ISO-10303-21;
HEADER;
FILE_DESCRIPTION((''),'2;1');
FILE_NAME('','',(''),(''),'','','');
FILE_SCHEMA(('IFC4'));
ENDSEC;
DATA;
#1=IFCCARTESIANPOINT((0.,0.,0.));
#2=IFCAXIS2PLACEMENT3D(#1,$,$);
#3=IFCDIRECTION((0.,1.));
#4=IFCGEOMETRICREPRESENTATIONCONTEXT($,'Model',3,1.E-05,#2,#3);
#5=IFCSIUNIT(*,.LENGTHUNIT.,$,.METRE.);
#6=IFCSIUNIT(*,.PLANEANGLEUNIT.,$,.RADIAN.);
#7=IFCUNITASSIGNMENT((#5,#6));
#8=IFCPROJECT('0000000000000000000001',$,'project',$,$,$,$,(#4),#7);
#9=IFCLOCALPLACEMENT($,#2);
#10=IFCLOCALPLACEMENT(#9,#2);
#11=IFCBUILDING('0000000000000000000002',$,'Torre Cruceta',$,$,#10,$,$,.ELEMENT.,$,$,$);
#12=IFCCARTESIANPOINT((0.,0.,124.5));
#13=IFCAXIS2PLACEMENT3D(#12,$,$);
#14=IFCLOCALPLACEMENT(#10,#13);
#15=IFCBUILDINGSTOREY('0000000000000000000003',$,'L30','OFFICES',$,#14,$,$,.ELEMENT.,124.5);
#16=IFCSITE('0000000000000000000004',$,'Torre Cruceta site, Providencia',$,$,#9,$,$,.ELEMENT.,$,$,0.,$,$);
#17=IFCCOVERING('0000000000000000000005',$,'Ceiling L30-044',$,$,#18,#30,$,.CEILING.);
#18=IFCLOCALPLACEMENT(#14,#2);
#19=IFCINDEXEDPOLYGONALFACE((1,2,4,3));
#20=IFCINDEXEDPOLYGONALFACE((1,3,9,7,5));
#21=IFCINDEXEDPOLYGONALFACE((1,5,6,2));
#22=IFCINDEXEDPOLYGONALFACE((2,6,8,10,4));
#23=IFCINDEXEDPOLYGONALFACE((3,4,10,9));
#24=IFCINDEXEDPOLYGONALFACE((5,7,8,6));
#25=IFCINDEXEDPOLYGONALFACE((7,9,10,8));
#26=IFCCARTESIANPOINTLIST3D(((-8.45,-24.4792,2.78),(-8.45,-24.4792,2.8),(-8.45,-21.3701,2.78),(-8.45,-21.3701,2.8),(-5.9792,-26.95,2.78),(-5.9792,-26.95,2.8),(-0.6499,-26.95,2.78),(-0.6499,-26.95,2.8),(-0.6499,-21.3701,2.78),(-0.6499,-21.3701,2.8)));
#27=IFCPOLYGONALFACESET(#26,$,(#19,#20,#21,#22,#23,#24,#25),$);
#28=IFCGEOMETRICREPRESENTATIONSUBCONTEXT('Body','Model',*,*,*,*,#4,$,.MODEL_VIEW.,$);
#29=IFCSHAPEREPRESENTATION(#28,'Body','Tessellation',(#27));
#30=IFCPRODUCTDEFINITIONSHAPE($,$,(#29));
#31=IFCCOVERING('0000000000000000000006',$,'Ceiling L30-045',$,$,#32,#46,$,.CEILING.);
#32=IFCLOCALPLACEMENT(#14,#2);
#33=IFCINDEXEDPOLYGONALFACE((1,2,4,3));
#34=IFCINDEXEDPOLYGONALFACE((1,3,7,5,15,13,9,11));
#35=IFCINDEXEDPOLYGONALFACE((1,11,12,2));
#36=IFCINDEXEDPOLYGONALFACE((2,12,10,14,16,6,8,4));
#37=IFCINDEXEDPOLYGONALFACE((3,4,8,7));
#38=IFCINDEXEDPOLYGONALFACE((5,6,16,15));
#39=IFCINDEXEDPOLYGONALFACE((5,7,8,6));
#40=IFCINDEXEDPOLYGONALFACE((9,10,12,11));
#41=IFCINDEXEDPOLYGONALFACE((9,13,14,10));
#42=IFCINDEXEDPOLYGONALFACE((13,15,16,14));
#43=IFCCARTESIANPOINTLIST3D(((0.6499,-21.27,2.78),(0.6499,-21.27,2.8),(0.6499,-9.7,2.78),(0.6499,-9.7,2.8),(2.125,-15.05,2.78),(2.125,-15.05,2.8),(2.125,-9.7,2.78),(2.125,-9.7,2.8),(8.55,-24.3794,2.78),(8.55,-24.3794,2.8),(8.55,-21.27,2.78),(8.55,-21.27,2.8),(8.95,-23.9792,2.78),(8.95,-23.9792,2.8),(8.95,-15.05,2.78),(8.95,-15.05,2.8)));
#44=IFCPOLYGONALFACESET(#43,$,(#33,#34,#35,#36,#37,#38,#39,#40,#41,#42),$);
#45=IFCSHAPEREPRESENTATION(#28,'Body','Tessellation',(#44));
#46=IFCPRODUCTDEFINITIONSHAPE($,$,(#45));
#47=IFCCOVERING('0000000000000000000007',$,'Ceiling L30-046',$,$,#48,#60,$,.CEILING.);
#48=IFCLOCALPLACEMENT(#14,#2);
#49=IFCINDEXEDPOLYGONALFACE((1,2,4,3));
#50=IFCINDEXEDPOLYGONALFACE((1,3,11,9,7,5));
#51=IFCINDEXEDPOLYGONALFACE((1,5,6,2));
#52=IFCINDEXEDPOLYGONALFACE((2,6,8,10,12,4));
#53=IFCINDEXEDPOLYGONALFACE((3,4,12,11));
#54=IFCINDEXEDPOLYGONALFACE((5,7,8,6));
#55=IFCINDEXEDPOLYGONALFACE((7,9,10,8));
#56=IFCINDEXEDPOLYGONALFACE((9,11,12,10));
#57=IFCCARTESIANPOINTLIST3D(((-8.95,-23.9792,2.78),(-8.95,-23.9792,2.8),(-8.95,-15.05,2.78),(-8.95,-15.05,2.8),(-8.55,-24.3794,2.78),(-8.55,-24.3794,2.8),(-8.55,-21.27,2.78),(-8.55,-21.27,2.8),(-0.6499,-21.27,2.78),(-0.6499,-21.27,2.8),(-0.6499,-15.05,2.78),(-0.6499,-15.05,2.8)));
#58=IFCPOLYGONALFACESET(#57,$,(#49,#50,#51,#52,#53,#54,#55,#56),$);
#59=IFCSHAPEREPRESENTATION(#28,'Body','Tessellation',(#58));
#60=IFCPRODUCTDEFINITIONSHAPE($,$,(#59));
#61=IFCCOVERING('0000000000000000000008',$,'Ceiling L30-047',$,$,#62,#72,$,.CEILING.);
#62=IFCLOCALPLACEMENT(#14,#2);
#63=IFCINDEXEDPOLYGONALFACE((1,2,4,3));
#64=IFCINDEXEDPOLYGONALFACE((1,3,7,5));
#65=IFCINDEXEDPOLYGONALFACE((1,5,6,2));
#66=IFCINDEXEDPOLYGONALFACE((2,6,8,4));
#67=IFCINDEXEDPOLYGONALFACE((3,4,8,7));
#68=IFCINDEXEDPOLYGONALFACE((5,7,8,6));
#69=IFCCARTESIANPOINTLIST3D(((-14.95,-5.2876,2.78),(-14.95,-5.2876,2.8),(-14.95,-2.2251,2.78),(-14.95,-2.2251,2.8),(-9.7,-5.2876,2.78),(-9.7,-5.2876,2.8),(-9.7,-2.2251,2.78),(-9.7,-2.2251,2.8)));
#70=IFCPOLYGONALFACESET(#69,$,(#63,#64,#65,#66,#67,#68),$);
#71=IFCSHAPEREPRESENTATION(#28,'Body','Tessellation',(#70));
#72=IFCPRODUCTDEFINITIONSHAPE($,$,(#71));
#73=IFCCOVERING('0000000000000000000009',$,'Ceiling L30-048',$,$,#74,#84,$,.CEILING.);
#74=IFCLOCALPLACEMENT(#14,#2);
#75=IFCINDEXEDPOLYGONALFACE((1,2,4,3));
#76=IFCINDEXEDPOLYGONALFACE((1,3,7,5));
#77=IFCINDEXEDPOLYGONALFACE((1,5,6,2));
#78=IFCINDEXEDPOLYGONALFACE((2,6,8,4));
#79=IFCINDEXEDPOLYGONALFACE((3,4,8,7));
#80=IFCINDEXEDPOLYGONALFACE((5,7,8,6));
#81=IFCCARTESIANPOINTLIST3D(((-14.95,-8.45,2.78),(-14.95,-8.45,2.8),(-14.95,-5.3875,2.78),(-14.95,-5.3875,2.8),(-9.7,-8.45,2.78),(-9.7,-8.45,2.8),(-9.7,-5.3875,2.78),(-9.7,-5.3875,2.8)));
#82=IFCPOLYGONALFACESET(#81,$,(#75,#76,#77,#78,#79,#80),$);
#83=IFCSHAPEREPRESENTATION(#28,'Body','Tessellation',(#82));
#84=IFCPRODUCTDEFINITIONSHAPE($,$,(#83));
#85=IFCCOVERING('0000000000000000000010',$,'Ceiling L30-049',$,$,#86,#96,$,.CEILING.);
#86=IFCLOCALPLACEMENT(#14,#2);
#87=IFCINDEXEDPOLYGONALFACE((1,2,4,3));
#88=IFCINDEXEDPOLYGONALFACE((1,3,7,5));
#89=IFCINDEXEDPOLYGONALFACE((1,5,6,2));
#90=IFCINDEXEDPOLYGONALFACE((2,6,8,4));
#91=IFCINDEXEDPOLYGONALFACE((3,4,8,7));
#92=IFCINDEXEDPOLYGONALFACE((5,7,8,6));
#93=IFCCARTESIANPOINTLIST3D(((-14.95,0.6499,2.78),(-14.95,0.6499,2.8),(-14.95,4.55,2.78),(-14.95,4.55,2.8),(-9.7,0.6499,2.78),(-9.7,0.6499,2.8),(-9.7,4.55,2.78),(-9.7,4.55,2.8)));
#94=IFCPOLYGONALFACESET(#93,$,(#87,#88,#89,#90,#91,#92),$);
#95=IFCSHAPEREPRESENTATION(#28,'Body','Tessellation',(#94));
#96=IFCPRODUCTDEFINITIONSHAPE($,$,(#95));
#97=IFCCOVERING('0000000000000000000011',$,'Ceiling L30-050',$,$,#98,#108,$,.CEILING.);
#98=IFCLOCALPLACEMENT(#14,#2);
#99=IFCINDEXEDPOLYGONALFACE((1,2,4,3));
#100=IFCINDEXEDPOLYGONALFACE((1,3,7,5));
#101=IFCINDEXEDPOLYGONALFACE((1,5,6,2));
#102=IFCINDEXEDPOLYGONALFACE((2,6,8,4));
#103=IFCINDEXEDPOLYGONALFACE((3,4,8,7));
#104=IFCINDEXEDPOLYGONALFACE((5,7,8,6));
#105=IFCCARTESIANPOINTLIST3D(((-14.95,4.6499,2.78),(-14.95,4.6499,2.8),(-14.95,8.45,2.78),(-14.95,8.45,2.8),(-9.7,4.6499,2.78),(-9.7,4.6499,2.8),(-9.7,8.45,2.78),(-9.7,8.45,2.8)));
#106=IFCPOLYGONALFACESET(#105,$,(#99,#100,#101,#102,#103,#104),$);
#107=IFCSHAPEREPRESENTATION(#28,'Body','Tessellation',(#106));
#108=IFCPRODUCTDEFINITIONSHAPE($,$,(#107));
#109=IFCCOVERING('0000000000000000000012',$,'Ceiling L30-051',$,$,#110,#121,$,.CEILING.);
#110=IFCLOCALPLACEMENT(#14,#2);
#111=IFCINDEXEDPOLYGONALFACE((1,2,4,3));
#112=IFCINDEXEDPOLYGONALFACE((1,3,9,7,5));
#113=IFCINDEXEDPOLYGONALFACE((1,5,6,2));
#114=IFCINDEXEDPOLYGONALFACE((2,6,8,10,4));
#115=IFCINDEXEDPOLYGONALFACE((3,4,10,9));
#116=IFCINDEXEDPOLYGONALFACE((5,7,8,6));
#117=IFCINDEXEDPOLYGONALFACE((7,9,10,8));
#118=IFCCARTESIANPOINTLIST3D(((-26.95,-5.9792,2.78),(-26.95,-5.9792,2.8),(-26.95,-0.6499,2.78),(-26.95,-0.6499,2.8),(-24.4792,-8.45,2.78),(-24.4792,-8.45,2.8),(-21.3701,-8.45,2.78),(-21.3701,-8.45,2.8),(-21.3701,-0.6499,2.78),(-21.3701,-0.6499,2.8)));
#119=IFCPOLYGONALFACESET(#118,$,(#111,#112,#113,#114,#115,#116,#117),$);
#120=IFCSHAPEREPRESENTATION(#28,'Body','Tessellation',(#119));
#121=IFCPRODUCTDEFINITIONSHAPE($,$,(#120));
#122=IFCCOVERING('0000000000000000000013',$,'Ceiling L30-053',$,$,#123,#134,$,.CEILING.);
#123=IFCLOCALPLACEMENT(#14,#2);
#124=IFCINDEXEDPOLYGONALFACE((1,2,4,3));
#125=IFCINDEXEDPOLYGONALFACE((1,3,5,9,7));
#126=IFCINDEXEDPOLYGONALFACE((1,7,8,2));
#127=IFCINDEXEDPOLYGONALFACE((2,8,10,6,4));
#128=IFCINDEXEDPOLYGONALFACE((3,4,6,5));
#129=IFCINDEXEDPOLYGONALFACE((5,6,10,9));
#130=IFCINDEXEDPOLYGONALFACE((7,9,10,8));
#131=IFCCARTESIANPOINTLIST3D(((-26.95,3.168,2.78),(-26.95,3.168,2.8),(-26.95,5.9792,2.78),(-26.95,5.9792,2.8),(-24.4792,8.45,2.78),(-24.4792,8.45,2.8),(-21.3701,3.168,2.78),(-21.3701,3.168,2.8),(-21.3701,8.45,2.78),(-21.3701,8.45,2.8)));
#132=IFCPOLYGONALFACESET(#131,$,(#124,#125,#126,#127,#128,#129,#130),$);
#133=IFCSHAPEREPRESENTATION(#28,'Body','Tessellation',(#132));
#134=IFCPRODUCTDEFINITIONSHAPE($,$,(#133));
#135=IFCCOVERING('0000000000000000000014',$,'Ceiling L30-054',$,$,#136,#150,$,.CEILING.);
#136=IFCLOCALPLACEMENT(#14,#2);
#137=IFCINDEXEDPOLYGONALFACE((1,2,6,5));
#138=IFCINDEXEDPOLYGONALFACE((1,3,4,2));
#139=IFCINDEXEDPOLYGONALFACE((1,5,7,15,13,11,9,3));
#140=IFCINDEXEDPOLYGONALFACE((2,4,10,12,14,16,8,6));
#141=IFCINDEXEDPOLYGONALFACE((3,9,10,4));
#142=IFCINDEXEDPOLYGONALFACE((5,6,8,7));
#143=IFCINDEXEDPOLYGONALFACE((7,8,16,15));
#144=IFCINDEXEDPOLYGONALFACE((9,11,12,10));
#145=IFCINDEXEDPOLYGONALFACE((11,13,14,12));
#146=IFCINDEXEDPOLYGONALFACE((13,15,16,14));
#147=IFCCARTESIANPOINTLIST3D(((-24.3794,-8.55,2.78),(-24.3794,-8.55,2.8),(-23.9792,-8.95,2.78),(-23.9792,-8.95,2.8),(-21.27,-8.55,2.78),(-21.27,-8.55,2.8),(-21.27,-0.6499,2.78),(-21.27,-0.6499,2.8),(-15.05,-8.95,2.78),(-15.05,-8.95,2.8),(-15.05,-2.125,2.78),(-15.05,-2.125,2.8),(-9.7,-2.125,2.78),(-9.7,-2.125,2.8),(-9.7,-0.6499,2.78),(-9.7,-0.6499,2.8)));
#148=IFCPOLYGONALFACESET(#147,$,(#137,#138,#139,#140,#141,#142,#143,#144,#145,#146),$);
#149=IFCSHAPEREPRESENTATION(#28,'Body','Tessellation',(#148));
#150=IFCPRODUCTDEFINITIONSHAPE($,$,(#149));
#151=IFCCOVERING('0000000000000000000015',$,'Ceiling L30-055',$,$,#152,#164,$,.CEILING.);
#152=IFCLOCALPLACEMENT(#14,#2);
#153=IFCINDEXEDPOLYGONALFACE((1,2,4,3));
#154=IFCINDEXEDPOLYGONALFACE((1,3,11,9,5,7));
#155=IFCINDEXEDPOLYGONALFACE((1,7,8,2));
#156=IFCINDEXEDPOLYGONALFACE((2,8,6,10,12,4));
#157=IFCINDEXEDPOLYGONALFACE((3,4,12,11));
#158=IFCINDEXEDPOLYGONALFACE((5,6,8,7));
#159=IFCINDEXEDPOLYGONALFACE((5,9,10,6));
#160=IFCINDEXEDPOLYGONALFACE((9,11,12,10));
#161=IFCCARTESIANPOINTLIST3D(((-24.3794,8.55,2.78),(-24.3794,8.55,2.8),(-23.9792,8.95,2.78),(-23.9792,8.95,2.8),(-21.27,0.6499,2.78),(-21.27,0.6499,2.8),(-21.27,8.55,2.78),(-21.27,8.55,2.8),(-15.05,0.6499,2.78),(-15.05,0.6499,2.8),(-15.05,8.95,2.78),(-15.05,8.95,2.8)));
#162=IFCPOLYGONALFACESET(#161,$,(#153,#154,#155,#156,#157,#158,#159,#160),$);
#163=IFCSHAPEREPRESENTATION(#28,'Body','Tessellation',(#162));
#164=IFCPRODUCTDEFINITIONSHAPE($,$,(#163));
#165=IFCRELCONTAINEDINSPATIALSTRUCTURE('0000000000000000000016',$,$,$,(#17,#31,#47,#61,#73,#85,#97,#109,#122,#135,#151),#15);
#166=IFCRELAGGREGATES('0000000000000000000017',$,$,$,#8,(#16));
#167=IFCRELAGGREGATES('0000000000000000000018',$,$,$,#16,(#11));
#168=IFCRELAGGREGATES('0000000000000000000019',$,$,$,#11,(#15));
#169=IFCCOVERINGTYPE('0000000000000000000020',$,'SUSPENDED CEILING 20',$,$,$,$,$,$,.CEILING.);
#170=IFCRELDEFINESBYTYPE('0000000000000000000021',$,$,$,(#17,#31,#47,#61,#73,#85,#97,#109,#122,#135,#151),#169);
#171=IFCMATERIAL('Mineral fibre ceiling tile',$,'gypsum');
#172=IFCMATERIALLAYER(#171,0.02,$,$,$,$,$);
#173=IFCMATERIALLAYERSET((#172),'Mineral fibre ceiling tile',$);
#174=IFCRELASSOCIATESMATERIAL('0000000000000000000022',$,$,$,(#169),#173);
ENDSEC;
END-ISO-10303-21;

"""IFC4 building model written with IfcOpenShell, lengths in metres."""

from ifc_helpers import new_model, si_unit, direction, frame, origin, place, context, subcontext, project, spatial, polyline, outline, extrude, material, layer, layer_set, type_object, element, save


model = new_model("IFC4")

# Units and contexts
model_context = context("Model", 3, precision=1e-05, world=origin(), true_north=direction((0.0, 1.0)))
body_context = subcontext(model_context, "Body", "Model", "MODEL_VIEW")
ifc_project = project(units=[si_unit("LENGTHUNIT", "METRE"), si_unit("PLANEANGLEUNIT", "RADIAN")], contexts=[model_context])

# Site, building, storey
site_placement = place(None, origin())
site = spatial("IfcSite", under=ifc_project, at=site_placement, Name="Torre Cruceta site, Providencia", CompositionType="ELEMENT", RefElevation=0.0)
building_placement = place(site_placement, origin())
building = spatial("IfcBuilding", under=site, at=building_placement, Name="Torre Cruceta", CompositionType="ELEMENT")
storey_placement = place(building_placement, frame((0.0, 0.0, 124.5)))
storey = spatial("IfcBuildingStorey", under=building, at=storey_placement, Name="L30", Description="OFFICES", CompositionType="ELEMENT", Elevation=124.5)

# Coverings
ifc_material_1 = material(Name="Mineral fibre ceiling tile", Category="gypsum")
ifc_layer = layer(ifc_material_1, 0.02)
ifc_layer_set = layer_set([ifc_layer], Name="Mineral fibre ceiling tile")
covering_type_1 = type_object("IfcCoveringType", Name="SUSPENDED CEILING 20", PredefinedType="CEILING", material=ifc_layer_set)
covering_1_placement = place(storey_placement, frame((0.0, 0.0, 2.78)))
element("IfcCovering", 1, at=covering_1_placement, inside=storey, type_object=covering_type_1, Name="Ceiling L30-044", PredefinedType="CEILING", context=body_context, shape_type="SweptSolid", body=[
    extrude(outline(polyline([(-8.45, -24.4792), (-8.45, -21.3701), (-0.6499, -21.3701), (-0.6499, -26.95), (-5.9792, -26.95), (-8.45, -24.4792)])), origin(), (0.0, 0.0, 1.0), 0.02),
])
covering_2_placement = place(storey_placement, frame((0.0, 0.0, 2.78)))
element("IfcCovering", 2, at=covering_2_placement, inside=storey, type_object=covering_type_1, Name="Ceiling L30-045", PredefinedType="CEILING", context=body_context, shape_type="SweptSolid", body=[
    extrude(outline(polyline([(2.125, -9.7), (2.125, -15.05), (8.95, -15.05), (8.95, -23.9792), (8.55, -24.3794), (8.55, -21.27), (0.6499, -21.27), (0.6499, -9.7), (2.125, -9.7)])), origin(), (0.0, 0.0, 1.0), 0.02),
])
covering_3_placement = place(storey_placement, frame((0.0, 0.0, 2.78)))
element("IfcCovering", 3, at=covering_3_placement, inside=storey, type_object=covering_type_1, Name="Ceiling L30-046", PredefinedType="CEILING", context=body_context, shape_type="SweptSolid", body=[
    extrude(outline(polyline([(-8.95, -15.05), (-0.6499, -15.05), (-0.6499, -21.27), (-8.55, -21.27), (-8.55, -24.3794), (-8.95, -23.9792), (-8.95, -15.05)])), origin(), (0.0, 0.0, 1.0), 0.02),
])
covering_4_placement = place(storey_placement, frame((0.0, 0.0, 2.78)))
element("IfcCovering", 4, at=covering_4_placement, inside=storey, type_object=covering_type_1, Name="Ceiling L30-047", PredefinedType="CEILING", context=body_context, shape_type="SweptSolid", body=[
    extrude(outline(polyline([(-9.7, -2.2251), (-9.7, -5.2876), (-14.95, -5.2876), (-14.95, -2.2251), (-9.7, -2.2251)])), origin(), (0.0, 0.0, 1.0), 0.02),
])
covering_5_placement = place(storey_placement, frame((0.0, 0.0, 2.78)))
element("IfcCovering", 5, at=covering_5_placement, inside=storey, type_object=covering_type_1, Name="Ceiling L30-048", PredefinedType="CEILING", context=body_context, shape_type="SweptSolid", body=[
    extrude(outline(polyline([(-9.7, -5.3875), (-9.7, -8.45), (-14.95, -8.45), (-14.95, -5.3875), (-9.7, -5.3875)])), origin(), (0.0, 0.0, 1.0), 0.02),
])
covering_6_placement = place(storey_placement, frame((0.0, 0.0, 2.78)))
element("IfcCovering", 6, at=covering_6_placement, inside=storey, type_object=covering_type_1, Name="Ceiling L30-049", PredefinedType="CEILING", context=body_context, shape_type="SweptSolid", body=[
    extrude(outline(polyline([(-9.7, 4.55), (-9.7, 0.6499), (-14.95, 0.6499), (-14.95, 4.55), (-9.7, 4.55)])), origin(), (0.0, 0.0, 1.0), 0.02),
])
covering_7_placement = place(storey_placement, frame((0.0, 0.0, 2.78)))
element("IfcCovering", 7, at=covering_7_placement, inside=storey, type_object=covering_type_1, Name="Ceiling L30-050", PredefinedType="CEILING", context=body_context, shape_type="SweptSolid", body=[
    extrude(outline(polyline([(-9.7, 8.45), (-9.7, 4.6499), (-14.95, 4.6499), (-14.95, 8.45), (-9.7, 8.45)])), origin(), (0.0, 0.0, 1.0), 0.02),
])
covering_8_placement = place(storey_placement, frame((0.0, 0.0, 2.78)))
element("IfcCovering", 8, at=covering_8_placement, inside=storey, type_object=covering_type_1, Name="Ceiling L30-051", PredefinedType="CEILING", context=body_context, shape_type="SweptSolid", body=[
    extrude(outline(polyline([(-26.95, -0.6499), (-21.3701, -0.6499), (-21.3701, -8.45), (-24.4792, -8.45), (-26.95, -5.9792), (-26.95, -0.6499)])), origin(), (0.0, 0.0, 1.0), 0.02),
])
covering_9_placement = place(storey_placement, frame((0.0, 0.0, 2.78)))
element("IfcCovering", 9, at=covering_9_placement, inside=storey, type_object=covering_type_1, Name="Ceiling L30-053", PredefinedType="CEILING", context=body_context, shape_type="SweptSolid", body=[
    extrude(outline(polyline([(-24.4792, 8.45), (-21.3701, 8.45), (-21.3701, 3.168), (-26.95, 3.168), (-26.95, 5.9792), (-24.4792, 8.45)])), origin(), (0.0, 0.0, 1.0), 0.02),
])
covering_10_placement = place(storey_placement, frame((0.0, 0.0, 2.78)))
element("IfcCovering", 10, at=covering_10_placement, inside=storey, type_object=covering_type_1, Name="Ceiling L30-054", PredefinedType="CEILING", context=body_context, shape_type="SweptSolid", body=[
    extrude(outline(polyline([(-9.7, -2.125), (-15.05, -2.125), (-15.05, -8.95), (-23.9792, -8.95), (-24.3794, -8.55), (-21.27, -8.55), (-21.27, -0.6499), (-9.7, -0.6499), (-9.7, -2.125)])), origin(), (0.0, 0.0, 1.0), 0.02),
])
covering_11_placement = place(storey_placement, frame((0.0, 0.0, 2.78)))
element("IfcCovering", 11, at=covering_11_placement, inside=storey, type_object=covering_type_1, Name="Ceiling L30-055", PredefinedType="CEILING", context=body_context, shape_type="SweptSolid", body=[
    extrude(outline(polyline([(-15.05, 8.95), (-15.05, 0.6499), (-21.27, 0.6499), (-21.27, 8.55), (-24.3794, 8.55), (-23.9792, 8.95), (-15.05, 8.95)])), origin(), (0.0, 0.0, 1.0), 0.02),
])

save(model, "model.ifc")
